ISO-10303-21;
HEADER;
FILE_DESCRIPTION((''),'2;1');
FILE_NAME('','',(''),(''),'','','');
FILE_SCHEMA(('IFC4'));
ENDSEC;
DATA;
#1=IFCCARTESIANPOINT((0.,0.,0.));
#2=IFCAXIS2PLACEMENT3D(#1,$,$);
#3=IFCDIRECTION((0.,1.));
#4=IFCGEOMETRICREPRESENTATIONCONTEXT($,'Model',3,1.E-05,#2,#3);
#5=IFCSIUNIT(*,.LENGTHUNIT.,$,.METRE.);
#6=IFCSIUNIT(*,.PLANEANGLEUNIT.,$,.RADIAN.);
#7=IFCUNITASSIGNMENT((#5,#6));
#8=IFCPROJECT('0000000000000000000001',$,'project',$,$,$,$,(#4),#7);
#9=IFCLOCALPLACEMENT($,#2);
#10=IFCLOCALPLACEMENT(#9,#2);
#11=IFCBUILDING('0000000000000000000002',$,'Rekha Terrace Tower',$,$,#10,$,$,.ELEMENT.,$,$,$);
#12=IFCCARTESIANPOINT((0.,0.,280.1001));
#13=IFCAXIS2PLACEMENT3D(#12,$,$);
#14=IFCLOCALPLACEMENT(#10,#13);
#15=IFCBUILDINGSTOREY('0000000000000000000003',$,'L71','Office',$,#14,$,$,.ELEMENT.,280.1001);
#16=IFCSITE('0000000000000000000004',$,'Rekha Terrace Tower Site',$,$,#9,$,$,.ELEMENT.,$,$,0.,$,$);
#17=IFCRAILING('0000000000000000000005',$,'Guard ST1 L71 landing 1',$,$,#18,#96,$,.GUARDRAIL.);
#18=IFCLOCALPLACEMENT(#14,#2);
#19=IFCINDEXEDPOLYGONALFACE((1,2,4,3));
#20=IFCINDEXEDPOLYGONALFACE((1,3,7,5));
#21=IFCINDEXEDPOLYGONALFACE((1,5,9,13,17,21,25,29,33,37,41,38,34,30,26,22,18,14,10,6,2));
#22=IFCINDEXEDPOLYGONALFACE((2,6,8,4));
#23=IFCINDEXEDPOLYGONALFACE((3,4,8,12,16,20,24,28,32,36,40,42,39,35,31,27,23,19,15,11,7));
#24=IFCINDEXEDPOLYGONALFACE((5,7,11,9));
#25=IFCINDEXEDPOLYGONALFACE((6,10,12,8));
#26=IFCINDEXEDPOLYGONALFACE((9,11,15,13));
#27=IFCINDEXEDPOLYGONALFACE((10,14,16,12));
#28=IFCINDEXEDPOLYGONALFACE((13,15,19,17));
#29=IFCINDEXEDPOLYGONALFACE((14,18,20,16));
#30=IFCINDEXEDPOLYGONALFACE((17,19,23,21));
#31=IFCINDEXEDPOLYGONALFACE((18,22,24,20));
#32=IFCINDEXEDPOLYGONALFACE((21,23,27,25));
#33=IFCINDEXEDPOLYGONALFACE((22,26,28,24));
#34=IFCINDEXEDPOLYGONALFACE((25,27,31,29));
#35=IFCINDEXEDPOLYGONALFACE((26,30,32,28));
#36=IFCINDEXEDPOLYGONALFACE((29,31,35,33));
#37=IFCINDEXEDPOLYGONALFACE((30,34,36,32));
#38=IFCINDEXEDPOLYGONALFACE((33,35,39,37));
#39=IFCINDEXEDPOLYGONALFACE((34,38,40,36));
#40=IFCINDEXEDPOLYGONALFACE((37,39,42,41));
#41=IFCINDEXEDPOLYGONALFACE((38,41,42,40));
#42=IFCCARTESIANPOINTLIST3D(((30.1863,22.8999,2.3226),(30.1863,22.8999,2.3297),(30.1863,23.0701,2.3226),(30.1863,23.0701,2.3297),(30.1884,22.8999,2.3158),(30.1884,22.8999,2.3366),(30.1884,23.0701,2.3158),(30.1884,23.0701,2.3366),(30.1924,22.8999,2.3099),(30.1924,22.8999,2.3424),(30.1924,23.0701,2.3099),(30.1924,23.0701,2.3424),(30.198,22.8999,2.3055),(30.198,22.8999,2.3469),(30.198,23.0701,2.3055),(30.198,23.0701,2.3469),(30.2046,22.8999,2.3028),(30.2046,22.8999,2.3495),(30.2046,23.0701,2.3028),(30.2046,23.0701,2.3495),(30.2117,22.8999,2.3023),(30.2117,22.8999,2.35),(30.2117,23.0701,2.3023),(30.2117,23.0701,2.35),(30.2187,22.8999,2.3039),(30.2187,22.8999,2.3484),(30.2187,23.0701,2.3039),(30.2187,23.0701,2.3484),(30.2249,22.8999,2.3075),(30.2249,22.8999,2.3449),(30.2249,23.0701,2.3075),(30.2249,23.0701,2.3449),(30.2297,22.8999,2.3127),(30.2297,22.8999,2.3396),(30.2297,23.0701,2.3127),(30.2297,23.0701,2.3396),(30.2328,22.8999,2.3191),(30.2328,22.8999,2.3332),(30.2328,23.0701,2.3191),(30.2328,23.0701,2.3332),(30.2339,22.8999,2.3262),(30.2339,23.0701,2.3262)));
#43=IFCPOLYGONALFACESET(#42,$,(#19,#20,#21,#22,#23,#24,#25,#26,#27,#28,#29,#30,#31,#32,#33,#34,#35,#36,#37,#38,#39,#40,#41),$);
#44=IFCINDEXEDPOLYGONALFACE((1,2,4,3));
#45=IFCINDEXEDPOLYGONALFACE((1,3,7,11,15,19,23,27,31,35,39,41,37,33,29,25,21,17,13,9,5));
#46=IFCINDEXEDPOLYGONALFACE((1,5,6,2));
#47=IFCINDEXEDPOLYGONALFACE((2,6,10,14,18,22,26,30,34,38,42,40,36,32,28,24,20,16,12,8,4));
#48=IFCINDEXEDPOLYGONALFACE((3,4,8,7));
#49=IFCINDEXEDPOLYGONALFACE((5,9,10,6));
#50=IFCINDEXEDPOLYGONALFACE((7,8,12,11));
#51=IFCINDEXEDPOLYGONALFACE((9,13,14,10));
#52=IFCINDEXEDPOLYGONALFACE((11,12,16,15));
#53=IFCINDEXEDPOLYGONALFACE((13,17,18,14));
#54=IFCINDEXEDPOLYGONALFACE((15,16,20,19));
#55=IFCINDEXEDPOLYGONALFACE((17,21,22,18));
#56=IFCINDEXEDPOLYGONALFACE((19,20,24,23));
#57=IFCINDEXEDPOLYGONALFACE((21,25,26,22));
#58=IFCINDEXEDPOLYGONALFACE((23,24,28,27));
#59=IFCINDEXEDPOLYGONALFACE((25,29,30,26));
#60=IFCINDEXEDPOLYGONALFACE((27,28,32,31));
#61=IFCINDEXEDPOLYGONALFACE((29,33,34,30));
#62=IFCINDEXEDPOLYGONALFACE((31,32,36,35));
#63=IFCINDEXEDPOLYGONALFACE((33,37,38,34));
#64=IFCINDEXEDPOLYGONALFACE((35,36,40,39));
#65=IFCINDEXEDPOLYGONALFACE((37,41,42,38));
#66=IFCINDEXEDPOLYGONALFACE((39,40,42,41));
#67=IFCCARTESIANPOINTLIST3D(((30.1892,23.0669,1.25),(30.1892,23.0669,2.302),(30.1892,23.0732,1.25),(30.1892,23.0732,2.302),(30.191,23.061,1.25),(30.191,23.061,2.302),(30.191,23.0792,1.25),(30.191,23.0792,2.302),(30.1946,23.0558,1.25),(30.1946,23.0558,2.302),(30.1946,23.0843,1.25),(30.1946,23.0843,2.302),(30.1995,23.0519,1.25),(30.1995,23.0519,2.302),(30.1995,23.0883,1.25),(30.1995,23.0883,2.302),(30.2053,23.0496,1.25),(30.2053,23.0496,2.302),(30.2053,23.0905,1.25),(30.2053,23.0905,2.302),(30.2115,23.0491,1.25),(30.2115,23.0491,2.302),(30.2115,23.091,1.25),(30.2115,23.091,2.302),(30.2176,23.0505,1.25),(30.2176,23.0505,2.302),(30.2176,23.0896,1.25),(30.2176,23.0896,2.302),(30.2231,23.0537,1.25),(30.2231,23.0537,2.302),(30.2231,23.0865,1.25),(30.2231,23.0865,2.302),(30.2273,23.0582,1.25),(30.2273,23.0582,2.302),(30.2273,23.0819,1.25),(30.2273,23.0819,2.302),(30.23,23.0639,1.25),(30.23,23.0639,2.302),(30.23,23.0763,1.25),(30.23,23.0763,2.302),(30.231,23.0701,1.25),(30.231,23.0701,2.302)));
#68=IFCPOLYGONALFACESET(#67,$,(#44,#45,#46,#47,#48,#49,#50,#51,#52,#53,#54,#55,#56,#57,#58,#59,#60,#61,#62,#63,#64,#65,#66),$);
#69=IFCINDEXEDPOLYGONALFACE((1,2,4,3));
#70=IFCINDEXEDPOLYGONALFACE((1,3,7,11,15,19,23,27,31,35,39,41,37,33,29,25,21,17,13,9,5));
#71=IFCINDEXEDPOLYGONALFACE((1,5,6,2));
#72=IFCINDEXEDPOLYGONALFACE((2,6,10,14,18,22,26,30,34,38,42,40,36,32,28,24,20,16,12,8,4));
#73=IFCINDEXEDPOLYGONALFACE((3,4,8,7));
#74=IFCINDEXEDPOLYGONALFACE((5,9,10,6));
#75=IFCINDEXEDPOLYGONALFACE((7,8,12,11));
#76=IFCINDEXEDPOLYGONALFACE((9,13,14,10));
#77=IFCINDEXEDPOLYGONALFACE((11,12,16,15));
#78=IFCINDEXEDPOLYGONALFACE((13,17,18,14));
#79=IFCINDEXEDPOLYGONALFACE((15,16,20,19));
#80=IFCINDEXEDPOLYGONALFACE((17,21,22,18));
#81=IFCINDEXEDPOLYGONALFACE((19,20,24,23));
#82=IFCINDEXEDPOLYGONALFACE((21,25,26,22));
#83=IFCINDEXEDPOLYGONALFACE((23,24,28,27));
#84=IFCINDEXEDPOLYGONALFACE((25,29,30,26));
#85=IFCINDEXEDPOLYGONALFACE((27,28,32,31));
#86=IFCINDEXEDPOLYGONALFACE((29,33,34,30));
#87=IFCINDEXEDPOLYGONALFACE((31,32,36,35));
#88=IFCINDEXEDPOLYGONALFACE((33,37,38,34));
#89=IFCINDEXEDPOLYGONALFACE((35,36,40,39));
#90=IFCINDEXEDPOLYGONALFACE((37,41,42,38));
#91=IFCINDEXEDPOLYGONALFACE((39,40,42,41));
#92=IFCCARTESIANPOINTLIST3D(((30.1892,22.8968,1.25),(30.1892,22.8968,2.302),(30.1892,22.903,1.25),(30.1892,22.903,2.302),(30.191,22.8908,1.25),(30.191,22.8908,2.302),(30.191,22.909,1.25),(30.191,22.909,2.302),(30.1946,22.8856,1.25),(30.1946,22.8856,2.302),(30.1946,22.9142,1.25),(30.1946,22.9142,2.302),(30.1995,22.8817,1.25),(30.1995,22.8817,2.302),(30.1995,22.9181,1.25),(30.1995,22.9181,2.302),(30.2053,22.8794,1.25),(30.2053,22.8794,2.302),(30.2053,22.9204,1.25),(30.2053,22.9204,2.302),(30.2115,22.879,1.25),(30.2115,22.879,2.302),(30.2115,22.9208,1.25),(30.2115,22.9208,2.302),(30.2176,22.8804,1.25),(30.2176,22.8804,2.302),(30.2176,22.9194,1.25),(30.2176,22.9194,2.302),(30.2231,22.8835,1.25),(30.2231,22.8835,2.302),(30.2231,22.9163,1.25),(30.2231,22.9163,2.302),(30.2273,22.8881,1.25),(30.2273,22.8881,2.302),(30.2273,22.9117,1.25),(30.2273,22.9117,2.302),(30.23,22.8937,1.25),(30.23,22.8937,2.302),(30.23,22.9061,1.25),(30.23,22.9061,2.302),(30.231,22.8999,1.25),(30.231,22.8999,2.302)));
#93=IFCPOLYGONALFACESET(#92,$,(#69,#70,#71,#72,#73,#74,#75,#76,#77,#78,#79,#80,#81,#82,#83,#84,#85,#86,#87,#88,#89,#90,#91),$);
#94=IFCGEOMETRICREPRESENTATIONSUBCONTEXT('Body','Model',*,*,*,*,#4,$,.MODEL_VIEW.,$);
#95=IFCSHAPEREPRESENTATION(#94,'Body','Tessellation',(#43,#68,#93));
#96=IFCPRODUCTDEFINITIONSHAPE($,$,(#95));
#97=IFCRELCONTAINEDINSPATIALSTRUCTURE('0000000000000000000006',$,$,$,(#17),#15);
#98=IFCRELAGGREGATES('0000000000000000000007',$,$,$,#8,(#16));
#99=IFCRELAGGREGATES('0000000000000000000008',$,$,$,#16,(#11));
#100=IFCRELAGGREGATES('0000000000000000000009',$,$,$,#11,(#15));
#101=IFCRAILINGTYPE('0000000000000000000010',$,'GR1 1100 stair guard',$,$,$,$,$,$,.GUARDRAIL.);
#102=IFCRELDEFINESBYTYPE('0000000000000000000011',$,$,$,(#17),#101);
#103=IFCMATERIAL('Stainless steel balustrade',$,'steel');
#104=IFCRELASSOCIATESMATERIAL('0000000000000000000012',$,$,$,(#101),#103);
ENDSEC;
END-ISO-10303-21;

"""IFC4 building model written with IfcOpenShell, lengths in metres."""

from ifc_helpers import new_model, si_unit, direction, frame, origin, origin_2d, place, context, subcontext, project, spatial, circle, extrude, material, type_object, element, save


model = new_model("IFC4")

# Units and contexts
model_context = context("Model", 3, precision=1e-05, world=origin(), true_north=direction((0.0, 1.0)))
body_context = subcontext(model_context, "Body", "Model", "MODEL_VIEW")
ifc_project = project(units=[si_unit("LENGTHUNIT", "METRE"), si_unit("PLANEANGLEUNIT", "RADIAN")], contexts=[model_context])

# Site, building, storey
site_placement = place(None, origin())
site = spatial("IfcSite", under=ifc_project, at=site_placement, Name="Rekha Terrace Tower Site", CompositionType="ELEMENT", RefElevation=0.0)
building_placement = place(site_placement, origin())
building = spatial("IfcBuilding", under=site, at=building_placement, Name="Rekha Terrace Tower", CompositionType="ELEMENT")
storey_placement = place(building_placement, frame((0.0, 0.0, 280.1001)))
storey = spatial("IfcBuildingStorey", under=building, at=storey_placement, Name="L71", Description="Office", CompositionType="ELEMENT", Elevation=280.1001)

# Railing
ifc_material_1 = material(Name="Stainless steel balustrade", Category="steel")
railing_type_1 = type_object("IfcRailingType", Name="GR1 1100 stair guard", PredefinedType="GUARDRAIL", material=ifc_material_1)
railing_1_placement = place(storey_placement, frame((30.21, 23.0701, 1.25)))
element("IfcRailing", 1, at=railing_1_placement, inside=storey, type_object=railing_type_1, Name="Guard ST1 L71 landing 1", PredefinedType="GUARDRAIL", context=body_context, shape_type="SweptSolid", body=[
    extrude(circle(Radius=0.0239, at=origin_2d()), frame((0.0, 0.0, 1.0762), z_axis=(0.0, -1.0, 0.0), x_axis=(1.0, 0.0, 0.0)), (0.0, 0.0, 1.0), 0.1702),
    extrude(circle(Radius=0.021, at=origin_2d()), origin(), (0.0, 0.0, 1.0), 1.052),
    extrude(circle(Radius=0.021, at=origin_2d()), frame((0.0, -0.1702, 0.0)), (0.0, 0.0, 1.0), 1.052),
])

save(model, "model.ifc")
